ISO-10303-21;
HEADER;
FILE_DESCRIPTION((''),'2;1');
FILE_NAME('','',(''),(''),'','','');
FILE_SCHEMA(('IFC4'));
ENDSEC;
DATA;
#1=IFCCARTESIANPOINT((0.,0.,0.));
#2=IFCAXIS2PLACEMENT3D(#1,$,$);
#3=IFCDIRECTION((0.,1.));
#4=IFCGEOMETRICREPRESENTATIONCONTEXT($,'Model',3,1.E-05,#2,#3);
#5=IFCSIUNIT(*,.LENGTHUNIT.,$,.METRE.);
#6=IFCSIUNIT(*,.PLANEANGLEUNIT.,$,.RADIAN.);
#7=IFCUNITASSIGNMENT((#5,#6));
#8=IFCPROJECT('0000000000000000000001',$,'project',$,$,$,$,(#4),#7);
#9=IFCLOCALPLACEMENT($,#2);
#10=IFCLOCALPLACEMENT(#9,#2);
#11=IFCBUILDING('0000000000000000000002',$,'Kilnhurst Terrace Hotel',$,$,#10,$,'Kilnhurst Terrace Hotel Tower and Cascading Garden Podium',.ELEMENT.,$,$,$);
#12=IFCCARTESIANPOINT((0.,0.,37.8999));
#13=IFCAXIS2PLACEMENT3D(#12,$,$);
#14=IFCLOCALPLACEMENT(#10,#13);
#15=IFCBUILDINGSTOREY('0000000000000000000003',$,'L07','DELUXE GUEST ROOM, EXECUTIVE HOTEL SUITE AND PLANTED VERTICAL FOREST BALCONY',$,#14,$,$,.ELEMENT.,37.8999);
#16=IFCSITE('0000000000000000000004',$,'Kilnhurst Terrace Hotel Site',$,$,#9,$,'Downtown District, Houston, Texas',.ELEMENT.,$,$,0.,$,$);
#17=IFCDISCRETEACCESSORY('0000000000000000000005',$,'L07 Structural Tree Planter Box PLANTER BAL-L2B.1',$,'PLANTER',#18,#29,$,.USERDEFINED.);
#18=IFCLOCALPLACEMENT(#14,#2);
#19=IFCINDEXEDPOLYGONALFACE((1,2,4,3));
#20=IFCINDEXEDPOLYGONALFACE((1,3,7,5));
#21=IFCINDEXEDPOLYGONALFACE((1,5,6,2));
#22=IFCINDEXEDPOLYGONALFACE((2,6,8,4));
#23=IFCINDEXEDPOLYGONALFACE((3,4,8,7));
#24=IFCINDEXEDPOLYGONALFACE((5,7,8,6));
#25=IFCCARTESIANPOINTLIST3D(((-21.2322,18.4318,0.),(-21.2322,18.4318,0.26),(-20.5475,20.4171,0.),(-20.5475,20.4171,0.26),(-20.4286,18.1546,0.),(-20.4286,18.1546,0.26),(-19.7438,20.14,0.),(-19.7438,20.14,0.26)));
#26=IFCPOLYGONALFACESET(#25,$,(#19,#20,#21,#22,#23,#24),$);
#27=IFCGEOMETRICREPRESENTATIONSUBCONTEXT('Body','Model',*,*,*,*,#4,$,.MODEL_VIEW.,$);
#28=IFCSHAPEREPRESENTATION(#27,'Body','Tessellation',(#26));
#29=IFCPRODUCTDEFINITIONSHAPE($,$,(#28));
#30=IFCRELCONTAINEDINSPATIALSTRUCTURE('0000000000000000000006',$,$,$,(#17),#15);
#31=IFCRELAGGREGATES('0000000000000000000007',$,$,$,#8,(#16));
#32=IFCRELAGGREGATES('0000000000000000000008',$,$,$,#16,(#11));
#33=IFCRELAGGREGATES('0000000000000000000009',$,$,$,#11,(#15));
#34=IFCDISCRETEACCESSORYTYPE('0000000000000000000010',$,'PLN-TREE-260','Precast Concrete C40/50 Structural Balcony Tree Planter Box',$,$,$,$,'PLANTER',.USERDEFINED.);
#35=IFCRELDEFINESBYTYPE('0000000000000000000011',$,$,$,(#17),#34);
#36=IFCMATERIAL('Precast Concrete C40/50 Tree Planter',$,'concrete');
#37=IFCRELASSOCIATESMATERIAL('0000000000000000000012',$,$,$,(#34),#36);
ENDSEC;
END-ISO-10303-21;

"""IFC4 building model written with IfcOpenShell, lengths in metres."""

from ifc_helpers import new_model, si_unit, direction, frame, origin, origin_2d, place, context, subcontext, project, spatial, rectangle, extrude, material, type_object, element, save


model = new_model("IFC4")

# Units and contexts
model_context = context("Model", 3, precision=1e-05, world=origin(), true_north=direction((0.0, 1.0)))
body_context = subcontext(model_context, "Body", "Model", "MODEL_VIEW")
ifc_project = project(units=[si_unit("LENGTHUNIT", "METRE"), si_unit("PLANEANGLEUNIT", "RADIAN")], contexts=[model_context])

# Site, building, storey
site_placement = place(None, origin())
site = spatial("IfcSite", under=ifc_project, at=site_placement, Name="Kilnhurst Terrace Hotel Site", LongName="Downtown District, Houston, Texas", CompositionType="ELEMENT", RefElevation=0.0)
building_placement = place(site_placement, origin())
building = spatial("IfcBuilding", under=site, at=building_placement, Name="Kilnhurst Terrace Hotel", LongName="Kilnhurst Terrace Hotel Tower and Cascading Garden Podium", CompositionType="ELEMENT")
storey_placement = place(building_placement, frame((0.0, 0.0, 37.8999)))
storey = spatial("IfcBuildingStorey", under=building, at=storey_placement, Name="L07", Description="DELUXE GUEST ROOM, EXECUTIVE HOTEL SUITE AND PLANTED VERTICAL FOREST BALCONY", CompositionType="ELEMENT", Elevation=37.8999)

# Discrete accessory
ifc_material_1 = material(Name="Precast Concrete C40/50 Tree Planter", Category="concrete")
discrete_accessory_type_1 = type_object("IfcDiscreteAccessoryType", Name="PLN-TREE-260", Description="Precast Concrete C40/50 Structural Balcony Tree Planter Box", ElementType="PLANTER", PredefinedType="USERDEFINED", material=ifc_material_1)
discrete_accessory_1_placement = place(storey_placement, frame((-20.488, 19.2859, 0.0), z_axis=(0.0, 0.0, 1.0), x_axis=(-0.326063, -0.945348, 0.0)))
element("IfcDiscreteAccessory", 1, at=discrete_accessory_1_placement, inside=storey, type_object=discrete_accessory_type_1, Name="L07 Structural Tree Planter Box PLANTER BAL-L2B.1", ObjectType="PLANTER", PredefinedType="USERDEFINED", context=body_context, shape_type="SweptSolid", body=[
    extrude(rectangle(XDim=2.1001, YDim=0.8501, at=origin_2d()), origin(), (0.0, 0.0, 1.0), 0.26),
])

save(model, "model.ifc")
